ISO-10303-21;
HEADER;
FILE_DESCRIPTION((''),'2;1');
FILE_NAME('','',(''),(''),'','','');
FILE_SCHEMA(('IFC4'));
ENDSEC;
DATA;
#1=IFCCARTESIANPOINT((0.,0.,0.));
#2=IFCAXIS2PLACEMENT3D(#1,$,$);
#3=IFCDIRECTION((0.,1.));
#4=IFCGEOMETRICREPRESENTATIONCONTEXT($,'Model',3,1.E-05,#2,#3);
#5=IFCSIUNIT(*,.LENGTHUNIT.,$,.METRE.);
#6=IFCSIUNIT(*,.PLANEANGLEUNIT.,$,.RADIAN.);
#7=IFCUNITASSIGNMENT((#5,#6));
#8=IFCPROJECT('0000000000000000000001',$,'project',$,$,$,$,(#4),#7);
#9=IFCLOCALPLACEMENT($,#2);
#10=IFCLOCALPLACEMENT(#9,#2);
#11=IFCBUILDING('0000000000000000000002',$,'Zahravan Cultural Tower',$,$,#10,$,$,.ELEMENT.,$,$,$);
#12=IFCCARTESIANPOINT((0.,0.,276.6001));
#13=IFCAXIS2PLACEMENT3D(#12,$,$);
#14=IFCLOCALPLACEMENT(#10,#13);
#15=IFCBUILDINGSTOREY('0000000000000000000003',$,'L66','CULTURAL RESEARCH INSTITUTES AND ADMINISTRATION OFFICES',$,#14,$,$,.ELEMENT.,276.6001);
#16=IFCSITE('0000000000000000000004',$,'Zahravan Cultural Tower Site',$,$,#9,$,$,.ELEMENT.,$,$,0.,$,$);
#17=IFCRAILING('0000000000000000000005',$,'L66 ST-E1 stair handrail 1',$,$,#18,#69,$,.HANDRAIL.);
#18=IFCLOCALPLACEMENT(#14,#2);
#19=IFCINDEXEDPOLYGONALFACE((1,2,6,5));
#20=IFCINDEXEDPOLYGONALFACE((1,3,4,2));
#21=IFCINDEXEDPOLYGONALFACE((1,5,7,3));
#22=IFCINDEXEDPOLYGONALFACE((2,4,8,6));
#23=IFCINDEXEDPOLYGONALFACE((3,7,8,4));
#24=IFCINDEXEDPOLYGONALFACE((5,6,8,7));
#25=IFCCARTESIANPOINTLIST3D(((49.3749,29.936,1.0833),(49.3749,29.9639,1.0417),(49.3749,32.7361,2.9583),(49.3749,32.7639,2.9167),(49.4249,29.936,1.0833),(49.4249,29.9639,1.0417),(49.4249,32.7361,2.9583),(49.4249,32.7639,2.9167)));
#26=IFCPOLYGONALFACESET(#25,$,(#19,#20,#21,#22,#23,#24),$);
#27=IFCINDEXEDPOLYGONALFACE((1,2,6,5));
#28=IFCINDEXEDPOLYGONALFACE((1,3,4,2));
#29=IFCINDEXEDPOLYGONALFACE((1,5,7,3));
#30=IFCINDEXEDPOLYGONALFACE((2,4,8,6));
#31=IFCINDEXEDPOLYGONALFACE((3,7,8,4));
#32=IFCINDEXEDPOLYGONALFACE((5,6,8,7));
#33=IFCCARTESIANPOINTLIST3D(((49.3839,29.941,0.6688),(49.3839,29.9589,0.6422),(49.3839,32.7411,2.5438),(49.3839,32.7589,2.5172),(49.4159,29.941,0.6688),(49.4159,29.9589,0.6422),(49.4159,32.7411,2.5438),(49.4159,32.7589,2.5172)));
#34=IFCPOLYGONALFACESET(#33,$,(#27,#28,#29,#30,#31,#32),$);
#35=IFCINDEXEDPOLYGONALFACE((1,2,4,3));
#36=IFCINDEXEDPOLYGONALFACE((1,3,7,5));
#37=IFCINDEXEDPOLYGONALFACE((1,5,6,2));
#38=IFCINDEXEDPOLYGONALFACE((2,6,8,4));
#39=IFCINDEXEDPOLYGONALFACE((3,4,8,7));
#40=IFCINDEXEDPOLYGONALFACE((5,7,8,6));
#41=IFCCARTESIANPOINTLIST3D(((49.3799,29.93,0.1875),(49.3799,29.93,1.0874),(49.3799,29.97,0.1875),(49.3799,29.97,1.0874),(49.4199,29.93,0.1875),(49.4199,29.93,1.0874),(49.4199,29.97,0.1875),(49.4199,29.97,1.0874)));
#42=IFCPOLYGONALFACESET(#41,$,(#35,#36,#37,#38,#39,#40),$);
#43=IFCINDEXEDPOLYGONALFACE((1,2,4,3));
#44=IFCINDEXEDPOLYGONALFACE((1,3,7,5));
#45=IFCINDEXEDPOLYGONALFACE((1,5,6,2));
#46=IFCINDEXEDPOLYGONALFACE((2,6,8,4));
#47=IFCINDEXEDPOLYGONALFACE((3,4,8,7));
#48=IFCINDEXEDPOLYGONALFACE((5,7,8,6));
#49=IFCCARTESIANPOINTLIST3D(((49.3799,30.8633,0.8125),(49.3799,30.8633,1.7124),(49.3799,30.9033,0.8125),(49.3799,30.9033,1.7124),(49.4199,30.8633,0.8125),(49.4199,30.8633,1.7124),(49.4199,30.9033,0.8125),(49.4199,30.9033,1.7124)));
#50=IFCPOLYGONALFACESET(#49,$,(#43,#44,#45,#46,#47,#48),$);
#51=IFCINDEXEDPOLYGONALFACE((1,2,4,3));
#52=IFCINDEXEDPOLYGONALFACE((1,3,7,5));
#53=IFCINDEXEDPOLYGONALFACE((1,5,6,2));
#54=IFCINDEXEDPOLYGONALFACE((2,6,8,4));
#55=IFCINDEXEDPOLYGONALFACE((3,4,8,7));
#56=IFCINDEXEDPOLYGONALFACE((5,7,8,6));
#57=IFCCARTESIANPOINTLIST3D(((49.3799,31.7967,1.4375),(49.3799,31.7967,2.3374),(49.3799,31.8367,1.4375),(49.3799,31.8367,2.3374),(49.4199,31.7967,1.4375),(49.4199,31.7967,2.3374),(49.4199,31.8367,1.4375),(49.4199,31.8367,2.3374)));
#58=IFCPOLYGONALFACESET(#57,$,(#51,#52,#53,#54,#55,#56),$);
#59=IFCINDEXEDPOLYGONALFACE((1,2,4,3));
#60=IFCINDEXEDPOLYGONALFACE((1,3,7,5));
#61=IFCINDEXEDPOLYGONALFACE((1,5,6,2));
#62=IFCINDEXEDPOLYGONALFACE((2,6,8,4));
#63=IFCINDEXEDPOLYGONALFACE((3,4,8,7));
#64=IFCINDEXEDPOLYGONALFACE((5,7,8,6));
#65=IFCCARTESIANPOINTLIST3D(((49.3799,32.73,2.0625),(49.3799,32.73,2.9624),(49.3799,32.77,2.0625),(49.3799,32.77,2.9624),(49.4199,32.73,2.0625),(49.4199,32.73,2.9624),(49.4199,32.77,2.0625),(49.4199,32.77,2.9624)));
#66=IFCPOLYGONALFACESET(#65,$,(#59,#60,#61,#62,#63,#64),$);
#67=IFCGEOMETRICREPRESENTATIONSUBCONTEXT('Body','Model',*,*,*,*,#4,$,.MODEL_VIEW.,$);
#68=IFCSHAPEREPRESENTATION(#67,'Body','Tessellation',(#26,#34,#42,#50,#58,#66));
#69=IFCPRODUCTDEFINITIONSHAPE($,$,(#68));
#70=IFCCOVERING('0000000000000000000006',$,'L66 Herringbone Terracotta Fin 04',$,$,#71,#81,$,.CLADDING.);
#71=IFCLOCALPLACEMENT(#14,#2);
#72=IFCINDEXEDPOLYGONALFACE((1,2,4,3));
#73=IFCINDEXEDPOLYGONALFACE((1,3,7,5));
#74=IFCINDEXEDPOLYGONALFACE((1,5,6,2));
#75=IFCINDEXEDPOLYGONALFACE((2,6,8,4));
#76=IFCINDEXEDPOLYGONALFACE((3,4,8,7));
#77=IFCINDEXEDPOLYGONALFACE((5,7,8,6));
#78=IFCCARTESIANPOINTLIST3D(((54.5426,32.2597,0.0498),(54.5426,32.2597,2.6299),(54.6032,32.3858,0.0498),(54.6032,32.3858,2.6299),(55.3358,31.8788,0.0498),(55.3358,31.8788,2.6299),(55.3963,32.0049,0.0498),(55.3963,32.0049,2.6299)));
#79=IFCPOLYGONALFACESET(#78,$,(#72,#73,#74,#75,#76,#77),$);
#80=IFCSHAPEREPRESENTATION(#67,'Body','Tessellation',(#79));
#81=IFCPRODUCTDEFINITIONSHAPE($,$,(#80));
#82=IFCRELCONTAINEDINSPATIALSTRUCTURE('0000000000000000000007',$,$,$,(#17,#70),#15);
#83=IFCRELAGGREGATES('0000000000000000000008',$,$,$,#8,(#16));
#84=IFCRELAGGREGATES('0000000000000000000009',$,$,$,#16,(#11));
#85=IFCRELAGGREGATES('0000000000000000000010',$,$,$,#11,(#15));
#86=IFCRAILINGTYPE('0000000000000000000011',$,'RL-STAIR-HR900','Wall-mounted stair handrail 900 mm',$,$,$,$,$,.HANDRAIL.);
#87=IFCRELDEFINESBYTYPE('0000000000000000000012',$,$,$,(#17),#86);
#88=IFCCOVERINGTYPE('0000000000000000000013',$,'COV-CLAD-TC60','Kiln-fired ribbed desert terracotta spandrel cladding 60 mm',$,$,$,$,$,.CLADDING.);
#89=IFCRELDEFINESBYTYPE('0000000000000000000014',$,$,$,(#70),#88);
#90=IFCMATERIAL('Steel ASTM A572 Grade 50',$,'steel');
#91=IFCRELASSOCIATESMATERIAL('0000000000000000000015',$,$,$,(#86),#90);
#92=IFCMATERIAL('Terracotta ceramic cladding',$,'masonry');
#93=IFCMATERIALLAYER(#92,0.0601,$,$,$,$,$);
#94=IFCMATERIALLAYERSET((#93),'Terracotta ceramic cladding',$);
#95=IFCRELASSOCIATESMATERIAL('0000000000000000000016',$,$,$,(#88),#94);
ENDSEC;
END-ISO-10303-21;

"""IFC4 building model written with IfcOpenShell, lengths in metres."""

from ifc_helpers import new_model, si_unit, direction, frame, origin, origin_2d, place, context, subcontext, project, spatial, rectangle, extrude, source, transform, mapped, material, layer, layer_set, type_object, element, save


model = new_model("IFC4")

# Units and contexts
model_context = context("Model", 3, precision=1e-05, world=origin(), true_north=direction((0.0, 1.0)))
body_context = subcontext(model_context, "Body", "Model", "MODEL_VIEW")
ifc_project = project(units=[si_unit("LENGTHUNIT", "METRE"), si_unit("PLANEANGLEUNIT", "RADIAN")], contexts=[model_context])

# Site, building, storey
site_placement = place(None, origin())
site = spatial("IfcSite", under=ifc_project, at=site_placement, Name="Zahravan Cultural Tower Site", CompositionType="ELEMENT", RefElevation=0.0)
building_placement = place(site_placement, origin())
building = spatial("IfcBuilding", under=site, at=building_placement, Name="Zahravan Cultural Tower", CompositionType="ELEMENT")
storey_placement = place(building_placement, frame((0.0, 0.0, 276.6001)))
storey = spatial("IfcBuildingStorey", under=building, at=storey_placement, Name="L66", Description="CULTURAL RESEARCH INSTITUTES AND ADMINISTRATION OFFICES", CompositionType="ELEMENT", Elevation=276.6001)

# Railing
ifc_material_1 = material(Name="Steel ASTM A572 Grade 50", Category="steel")
railing_type_1 = type_object("IfcRailingType", Name="RL-STAIR-HR900", Description="Wall-mounted stair handrail 900 mm", PredefinedType="HANDRAIL", material=ifc_material_1)
railing_1_placement = place(storey_placement, frame((49.3999, 29.95, 0.1875)))
element("IfcRailing", 1, at=railing_1_placement, inside=storey, type_object=railing_type_1, Name="L66 ST-E1 stair handrail 1", PredefinedType="HANDRAIL", context=body_context, shape_type="SweptSolid", body=[
    extrude(rectangle(XDim=0.05, YDim=0.05, at=origin_2d()), frame((0.0, 0.0, 0.875), z_axis=(0.0, 0.830912, 0.556404), x_axis=(-1.0, 0.0, 0.0)), (0.0, 0.0, 1.0), 3.3699),
    extrude(rectangle(XDim=0.032, YDim=0.032, at=origin_2d()), frame((0.0, 0.0, 0.468), z_axis=(0.0, 0.830912, 0.556404), x_axis=(-1.0, 0.0, 0.0)), (0.0, 0.0, 1.0), 3.3699),
    extrude(rectangle(XDim=0.04, YDim=0.04, at=origin_2d()), origin(), (0.0, 0.0, 1.0), 0.8999),
    extrude(rectangle(XDim=0.04, YDim=0.04, at=origin_2d()), frame((0.0, 0.9333, 0.625)), (0.0, 0.0, 1.0), 0.8999),
    extrude(rectangle(XDim=0.04, YDim=0.04, at=origin_2d()), frame((0.0, 1.8667, 1.25)), (0.0, 0.0, 1.0), 0.8999),
    extrude(rectangle(XDim=0.04, YDim=0.04, at=origin_2d()), frame((0.0, 2.8, 1.875)), (0.0, 0.0, 1.0), 0.8999),
])

# Covering
ifc_material_2 = material(Name="Terracotta ceramic cladding", Category="masonry")
ifc_layer_1 = layer(ifc_material_2, 0.0601)
ifc_layer_set_1 = layer_set([ifc_layer_1], Name="Terracotta ceramic cladding")
covering_type = type_object("IfcCoveringType", Name="COV-CLAD-TC60", Description="Kiln-fired ribbed desert terracotta spandrel cladding 60 mm", PredefinedType="CLADDING", material=ifc_layer_set_1)
shared_shape_1 = source(origin(), body_context, "Body", "SweptSolid", [
    extrude(rectangle(XDim=0.8799, YDim=0.1399, at=origin_2d()), origin(), (0.0, 0.0, 1.0), 2.5801),
])
covering_placement = place(storey_placement, frame((54.9695, 32.1323, 0.0498), z_axis=(0.0, 0.0, 1.0), x_axis=(0.901455, -0.432873, 0.0)))
element("IfcCovering", 2, at=covering_placement, inside=storey, type_object=covering_type, Name="L66 Herringbone Terracotta Fin 04", PredefinedType="CLADDING", context=body_context, shape_type="MappedRepresentation", body=[
    mapped(shared_shape_1, transform((0.0, 0.0, 0.0), x_axis=(1.0, 0.0, 0.0), y_axis=(0.0, 1.0, 0.0), z_axis=(0.0, 0.0, 1.0), scale=1.0)),
])

save(model, "model.ifc")
